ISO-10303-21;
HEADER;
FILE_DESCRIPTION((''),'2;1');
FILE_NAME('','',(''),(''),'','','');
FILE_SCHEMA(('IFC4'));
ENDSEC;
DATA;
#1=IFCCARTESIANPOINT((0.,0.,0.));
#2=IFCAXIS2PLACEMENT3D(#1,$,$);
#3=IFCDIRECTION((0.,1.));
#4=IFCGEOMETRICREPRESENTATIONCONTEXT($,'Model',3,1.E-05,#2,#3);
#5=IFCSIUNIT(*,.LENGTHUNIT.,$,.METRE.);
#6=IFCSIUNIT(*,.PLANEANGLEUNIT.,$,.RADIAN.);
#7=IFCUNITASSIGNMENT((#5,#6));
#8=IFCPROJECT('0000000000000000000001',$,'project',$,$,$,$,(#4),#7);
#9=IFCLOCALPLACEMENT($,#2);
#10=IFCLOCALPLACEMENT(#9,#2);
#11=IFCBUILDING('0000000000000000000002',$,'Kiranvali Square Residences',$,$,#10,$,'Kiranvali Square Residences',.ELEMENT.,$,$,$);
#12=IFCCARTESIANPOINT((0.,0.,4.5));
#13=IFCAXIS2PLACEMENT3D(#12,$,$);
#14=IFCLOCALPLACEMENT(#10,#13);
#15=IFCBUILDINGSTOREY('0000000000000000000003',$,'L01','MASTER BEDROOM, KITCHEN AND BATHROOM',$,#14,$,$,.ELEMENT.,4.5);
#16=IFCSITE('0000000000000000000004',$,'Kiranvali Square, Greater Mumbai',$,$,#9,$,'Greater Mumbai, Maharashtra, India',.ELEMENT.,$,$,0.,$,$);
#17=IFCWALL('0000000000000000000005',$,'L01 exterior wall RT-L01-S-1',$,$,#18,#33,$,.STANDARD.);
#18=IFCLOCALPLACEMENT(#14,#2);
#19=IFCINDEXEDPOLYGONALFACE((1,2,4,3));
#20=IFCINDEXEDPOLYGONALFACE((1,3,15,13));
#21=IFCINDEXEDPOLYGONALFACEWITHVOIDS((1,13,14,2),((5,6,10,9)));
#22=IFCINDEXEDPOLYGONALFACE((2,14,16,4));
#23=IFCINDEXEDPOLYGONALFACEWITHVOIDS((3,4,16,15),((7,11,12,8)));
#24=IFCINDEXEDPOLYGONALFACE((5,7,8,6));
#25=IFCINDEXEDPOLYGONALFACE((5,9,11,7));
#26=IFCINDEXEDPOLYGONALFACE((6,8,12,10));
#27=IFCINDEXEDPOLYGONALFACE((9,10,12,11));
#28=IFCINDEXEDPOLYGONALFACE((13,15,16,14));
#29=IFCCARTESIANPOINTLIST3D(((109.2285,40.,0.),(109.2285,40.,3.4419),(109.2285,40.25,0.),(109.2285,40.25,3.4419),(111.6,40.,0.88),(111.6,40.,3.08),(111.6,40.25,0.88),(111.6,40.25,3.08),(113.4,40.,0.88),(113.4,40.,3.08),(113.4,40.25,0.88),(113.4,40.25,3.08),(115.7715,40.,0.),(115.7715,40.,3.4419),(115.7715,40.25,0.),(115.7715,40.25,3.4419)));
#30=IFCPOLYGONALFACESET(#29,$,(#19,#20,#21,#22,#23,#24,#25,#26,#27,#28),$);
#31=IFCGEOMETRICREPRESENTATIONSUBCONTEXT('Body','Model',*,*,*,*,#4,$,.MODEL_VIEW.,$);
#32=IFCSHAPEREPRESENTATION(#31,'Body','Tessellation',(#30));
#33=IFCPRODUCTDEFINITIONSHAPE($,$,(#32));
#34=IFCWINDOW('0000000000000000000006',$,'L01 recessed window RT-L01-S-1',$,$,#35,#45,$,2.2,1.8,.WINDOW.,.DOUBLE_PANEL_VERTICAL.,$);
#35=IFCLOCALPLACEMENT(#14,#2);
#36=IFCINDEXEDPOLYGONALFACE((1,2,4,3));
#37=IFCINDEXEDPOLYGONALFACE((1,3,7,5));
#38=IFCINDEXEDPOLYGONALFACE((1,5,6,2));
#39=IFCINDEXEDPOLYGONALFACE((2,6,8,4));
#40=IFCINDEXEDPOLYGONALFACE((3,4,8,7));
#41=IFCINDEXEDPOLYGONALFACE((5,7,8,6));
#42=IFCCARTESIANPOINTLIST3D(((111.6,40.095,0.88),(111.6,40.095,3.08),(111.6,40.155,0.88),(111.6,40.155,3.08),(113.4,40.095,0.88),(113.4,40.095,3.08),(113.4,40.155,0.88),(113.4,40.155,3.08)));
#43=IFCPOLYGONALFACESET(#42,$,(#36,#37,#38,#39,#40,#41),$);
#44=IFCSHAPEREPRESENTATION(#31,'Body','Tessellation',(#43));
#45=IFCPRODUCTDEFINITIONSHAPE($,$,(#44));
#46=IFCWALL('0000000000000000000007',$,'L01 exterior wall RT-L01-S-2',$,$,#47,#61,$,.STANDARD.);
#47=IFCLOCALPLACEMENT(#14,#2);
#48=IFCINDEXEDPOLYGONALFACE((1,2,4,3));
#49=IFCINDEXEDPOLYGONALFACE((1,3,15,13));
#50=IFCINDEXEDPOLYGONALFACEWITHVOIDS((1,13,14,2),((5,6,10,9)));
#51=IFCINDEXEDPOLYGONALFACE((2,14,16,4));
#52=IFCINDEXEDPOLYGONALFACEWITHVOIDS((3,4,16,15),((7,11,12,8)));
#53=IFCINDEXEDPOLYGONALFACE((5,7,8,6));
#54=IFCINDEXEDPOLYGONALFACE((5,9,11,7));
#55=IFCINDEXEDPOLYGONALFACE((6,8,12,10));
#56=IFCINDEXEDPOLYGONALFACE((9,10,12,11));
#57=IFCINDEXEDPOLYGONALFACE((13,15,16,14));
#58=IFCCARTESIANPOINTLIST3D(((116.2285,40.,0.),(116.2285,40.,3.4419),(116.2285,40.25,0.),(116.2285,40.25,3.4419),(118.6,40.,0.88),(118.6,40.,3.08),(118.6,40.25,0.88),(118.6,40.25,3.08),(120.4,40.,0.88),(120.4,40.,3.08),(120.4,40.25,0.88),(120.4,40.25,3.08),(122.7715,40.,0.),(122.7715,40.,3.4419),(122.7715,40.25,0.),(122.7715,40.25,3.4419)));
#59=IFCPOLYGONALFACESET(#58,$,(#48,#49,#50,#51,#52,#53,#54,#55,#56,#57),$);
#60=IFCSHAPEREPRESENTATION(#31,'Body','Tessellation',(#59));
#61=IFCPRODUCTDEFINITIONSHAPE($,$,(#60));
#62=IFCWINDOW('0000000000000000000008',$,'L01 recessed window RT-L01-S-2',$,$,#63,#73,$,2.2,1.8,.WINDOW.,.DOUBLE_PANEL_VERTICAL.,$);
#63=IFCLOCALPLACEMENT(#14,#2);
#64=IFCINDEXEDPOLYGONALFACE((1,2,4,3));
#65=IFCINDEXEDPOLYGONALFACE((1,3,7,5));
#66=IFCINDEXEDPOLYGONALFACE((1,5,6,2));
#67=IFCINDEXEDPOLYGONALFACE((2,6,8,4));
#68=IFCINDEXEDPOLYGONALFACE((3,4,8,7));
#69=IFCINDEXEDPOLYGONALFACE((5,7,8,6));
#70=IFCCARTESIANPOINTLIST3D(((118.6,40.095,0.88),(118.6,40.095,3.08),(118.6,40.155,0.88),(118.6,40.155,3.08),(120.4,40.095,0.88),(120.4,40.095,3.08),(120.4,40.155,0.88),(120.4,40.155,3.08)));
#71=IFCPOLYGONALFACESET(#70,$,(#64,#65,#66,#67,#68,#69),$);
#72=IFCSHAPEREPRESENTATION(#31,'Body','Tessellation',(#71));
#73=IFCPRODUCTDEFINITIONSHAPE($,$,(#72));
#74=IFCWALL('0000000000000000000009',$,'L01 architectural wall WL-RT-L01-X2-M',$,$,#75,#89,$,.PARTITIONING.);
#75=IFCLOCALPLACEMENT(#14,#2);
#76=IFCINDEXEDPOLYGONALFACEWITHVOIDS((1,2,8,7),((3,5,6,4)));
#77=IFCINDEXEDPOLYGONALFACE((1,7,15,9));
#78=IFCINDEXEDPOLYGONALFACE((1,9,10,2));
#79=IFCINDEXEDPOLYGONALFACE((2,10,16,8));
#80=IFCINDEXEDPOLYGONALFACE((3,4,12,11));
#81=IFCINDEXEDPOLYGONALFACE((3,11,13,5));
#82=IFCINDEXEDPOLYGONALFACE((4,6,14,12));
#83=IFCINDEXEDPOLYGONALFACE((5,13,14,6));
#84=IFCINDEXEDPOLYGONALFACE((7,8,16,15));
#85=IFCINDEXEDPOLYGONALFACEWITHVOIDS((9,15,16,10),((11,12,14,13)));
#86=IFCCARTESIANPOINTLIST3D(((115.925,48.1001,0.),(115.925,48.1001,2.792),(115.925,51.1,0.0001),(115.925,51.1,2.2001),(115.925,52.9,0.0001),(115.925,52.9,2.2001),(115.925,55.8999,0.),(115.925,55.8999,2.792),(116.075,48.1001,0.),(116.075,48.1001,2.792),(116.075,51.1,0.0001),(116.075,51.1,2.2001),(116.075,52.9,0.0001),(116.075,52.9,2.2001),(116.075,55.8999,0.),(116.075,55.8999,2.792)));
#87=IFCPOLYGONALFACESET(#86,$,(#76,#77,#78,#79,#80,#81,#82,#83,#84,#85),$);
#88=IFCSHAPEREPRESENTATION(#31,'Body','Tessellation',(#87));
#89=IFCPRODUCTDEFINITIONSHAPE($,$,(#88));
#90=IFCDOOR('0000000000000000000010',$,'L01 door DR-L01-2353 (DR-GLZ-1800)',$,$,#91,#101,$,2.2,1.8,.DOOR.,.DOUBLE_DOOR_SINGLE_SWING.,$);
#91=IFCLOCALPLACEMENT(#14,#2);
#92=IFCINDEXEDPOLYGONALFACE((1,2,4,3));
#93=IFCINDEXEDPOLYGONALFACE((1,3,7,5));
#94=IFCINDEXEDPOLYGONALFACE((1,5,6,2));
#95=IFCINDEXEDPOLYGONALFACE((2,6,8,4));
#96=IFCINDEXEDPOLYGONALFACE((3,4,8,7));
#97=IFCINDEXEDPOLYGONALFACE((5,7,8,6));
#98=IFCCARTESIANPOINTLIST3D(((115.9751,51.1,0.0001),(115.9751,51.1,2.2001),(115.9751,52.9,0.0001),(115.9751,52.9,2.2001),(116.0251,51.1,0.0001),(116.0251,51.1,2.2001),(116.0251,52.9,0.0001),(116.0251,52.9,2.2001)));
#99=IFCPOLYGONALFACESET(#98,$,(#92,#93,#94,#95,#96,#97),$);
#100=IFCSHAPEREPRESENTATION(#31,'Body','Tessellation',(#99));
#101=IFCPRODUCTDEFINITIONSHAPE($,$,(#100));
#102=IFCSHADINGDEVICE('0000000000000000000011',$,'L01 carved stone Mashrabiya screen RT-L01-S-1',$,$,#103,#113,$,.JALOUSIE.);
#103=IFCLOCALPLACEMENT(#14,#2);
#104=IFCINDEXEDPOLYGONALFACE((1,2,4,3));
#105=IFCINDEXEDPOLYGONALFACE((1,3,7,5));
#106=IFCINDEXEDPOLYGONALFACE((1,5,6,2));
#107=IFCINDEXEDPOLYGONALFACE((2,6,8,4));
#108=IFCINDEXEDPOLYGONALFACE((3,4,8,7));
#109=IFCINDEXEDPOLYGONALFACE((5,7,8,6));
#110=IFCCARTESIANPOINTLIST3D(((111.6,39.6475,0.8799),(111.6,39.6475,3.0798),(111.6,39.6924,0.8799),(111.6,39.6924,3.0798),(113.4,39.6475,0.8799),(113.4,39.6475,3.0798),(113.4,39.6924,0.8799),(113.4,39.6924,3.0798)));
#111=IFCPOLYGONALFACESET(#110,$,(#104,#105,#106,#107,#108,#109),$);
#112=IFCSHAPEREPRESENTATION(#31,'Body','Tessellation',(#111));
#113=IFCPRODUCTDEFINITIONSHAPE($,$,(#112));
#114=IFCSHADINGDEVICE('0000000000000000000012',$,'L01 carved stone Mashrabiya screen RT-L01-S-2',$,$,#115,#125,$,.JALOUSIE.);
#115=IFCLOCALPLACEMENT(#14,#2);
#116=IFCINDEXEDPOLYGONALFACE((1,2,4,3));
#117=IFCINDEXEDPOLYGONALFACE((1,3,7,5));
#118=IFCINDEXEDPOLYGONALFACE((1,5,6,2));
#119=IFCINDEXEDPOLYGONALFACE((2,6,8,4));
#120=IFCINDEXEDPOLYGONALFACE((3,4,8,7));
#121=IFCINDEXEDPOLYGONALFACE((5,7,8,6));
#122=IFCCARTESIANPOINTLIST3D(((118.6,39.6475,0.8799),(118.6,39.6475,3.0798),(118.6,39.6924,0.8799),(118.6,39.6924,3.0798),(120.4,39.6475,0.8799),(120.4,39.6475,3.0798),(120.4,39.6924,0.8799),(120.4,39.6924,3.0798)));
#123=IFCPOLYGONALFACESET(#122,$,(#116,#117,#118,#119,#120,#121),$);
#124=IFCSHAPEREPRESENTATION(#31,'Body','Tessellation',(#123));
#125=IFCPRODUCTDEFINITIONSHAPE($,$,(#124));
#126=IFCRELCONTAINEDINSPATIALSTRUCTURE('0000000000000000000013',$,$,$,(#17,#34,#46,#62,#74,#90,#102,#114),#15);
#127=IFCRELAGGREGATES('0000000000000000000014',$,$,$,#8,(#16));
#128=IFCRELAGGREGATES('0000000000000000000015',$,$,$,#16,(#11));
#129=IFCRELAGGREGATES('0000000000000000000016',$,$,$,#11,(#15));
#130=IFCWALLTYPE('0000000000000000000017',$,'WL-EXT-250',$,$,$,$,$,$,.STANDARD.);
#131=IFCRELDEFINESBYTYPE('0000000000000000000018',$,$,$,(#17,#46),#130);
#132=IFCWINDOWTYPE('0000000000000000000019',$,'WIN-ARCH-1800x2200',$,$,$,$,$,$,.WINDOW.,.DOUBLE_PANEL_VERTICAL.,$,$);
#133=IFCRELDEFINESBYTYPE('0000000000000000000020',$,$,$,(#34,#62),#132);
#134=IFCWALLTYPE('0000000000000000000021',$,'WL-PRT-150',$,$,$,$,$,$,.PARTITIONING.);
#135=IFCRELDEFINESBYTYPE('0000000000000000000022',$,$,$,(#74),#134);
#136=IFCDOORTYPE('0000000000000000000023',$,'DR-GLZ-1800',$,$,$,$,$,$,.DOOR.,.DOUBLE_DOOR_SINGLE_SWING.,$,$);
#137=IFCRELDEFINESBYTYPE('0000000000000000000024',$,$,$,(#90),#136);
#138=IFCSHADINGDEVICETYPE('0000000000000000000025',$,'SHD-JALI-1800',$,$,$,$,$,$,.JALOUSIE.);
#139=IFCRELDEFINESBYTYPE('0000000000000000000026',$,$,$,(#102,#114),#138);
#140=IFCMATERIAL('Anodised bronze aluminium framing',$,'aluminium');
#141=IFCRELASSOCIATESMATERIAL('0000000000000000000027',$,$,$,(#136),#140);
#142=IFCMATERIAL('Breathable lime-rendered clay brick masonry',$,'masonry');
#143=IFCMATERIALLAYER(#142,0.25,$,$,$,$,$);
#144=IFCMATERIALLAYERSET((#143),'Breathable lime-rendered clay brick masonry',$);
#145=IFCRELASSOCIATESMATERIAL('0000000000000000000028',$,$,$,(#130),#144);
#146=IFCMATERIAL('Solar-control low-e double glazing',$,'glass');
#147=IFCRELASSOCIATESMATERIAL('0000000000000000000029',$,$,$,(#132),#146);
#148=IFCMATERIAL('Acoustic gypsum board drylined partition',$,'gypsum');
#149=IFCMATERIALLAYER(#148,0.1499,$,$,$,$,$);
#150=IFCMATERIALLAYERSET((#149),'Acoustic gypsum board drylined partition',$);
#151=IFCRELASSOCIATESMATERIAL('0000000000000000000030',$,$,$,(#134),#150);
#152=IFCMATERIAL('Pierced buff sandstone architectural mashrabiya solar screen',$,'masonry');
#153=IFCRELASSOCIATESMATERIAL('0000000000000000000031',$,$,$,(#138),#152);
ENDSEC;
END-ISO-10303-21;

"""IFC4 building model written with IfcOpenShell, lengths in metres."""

from ifc_helpers import new_model, si_unit, direction, frame, frame_2d, origin, origin_2d, place, context, subcontext, project, spatial, rectangle, extrude, material, layer, layer_set, type_object, element, fill, save


model = new_model("IFC4")

# Units and contexts
model_context = context("Model", 3, precision=1e-05, world=origin(), true_north=direction((0.0, 1.0)))
body_context = subcontext(model_context, "Body", "Model", "MODEL_VIEW")
ifc_project = project(units=[si_unit("LENGTHUNIT", "METRE"), si_unit("PLANEANGLEUNIT", "RADIAN")], contexts=[model_context])

# Site, building, storey
site_placement = place(None, origin())
site = spatial("IfcSite", under=ifc_project, at=site_placement, Name="Kiranvali Square, Greater Mumbai", LongName="Greater Mumbai, Maharashtra, India", CompositionType="ELEMENT", RefElevation=0.0)
building_placement = place(site_placement, origin())
building = spatial("IfcBuilding", under=site, at=building_placement, Name="Kiranvali Square Residences", LongName="Kiranvali Square Residences", CompositionType="ELEMENT")
storey_placement = place(building_placement, frame((0.0, 0.0, 4.5)))
storey = spatial("IfcBuildingStorey", under=building, at=storey_placement, Name="L01", Description="MASTER BEDROOM, KITCHEN AND BATHROOM", CompositionType="ELEMENT", Elevation=4.5)

# Shared definitions
ifc_material_1 = material(Name="Anodised bronze aluminium framing", Category="aluminium")
door_type = type_object("IfcDoorType", Name="DR-GLZ-1800", OperationType="DOUBLE_DOOR_SINGLE_SWING", PredefinedType="DOOR", material=ifc_material_1)

# Walls, openings, windows
ifc_material_2 = material(Name="Breathable lime-rendered clay brick masonry", Category="masonry")
ifc_layer_1 = layer(ifc_material_2, 0.25)
ifc_layer_set_1 = layer_set([ifc_layer_1], Name="Breathable lime-rendered clay brick masonry")
wall_type_1 = type_object("IfcWallType", Name="WL-EXT-250", PredefinedType="STANDARD", material=ifc_layer_set_1)
wall_1_placement = place(storey_placement, frame((109.2285, 40.125, 0.0), z_axis=(0.0, 0.0, 1.0), x_axis=(1.0, 0.0, 0.0)))
wall_1 = element("IfcWall", 1, at=wall_1_placement, inside=storey, type_object=wall_type_1, Name="L01 exterior wall RT-L01-S-1", PredefinedType="STANDARD", context=body_context, shape_type="SweptSolid", body=[
    extrude(rectangle(XDim=6.543, YDim=0.25, at=frame_2d((3.2715, 0.0))), origin(), (0.0, 0.0, 1.0), 3.4419),
])
opening_1_placement = place(wall_1_placement, frame((2.3716, 0.0, 0.8799)))
opening_1 = element("IfcOpeningElement", 2, at=opening_1_placement, cuts=wall_1, PredefinedType="OPENING", context=body_context, shape_type="SweptSolid", body=[
    extrude(rectangle(XDim=1.8, YDim=2.2, at=frame_2d((0.8999, 1.1001))), frame((0.0, 0.135, 0.0), z_axis=(0.0, -1.0, 0.0), x_axis=(1.0, 0.0, 0.0)), (0.0, 0.0, 1.0), 0.27),
])
ifc_material_3 = material(Name="Solar-control low-e double glazing", Category="glass")
window_type = type_object("IfcWindowType", Name="WIN-ARCH-1800x2200", PartitioningType="DOUBLE_PANEL_VERTICAL", PredefinedType="WINDOW", material=ifc_material_3)
window_1_placement = place(opening_1_placement, origin())
window_1 = element("IfcWindow", 3, at=window_1_placement, inside=storey, type_object=window_type, Name="L01 recessed window RT-L01-S-1", OverallHeight=2.2, OverallWidth=1.8, PartitioningType="DOUBLE_PANEL_VERTICAL", PredefinedType="WINDOW", context=body_context, shape_type="SweptSolid", body=[
    extrude(rectangle(XDim=1.8, YDim=2.2, at=frame_2d((0.8999, 1.1001))), frame((0.0, 0.03, 0.0), z_axis=(0.0, -1.0, 0.0), x_axis=(1.0, 0.0, 0.0)), (0.0, 0.0, 1.0), 0.0601),
])
fill(opening_1, window_1)
wall_2_placement = place(storey_placement, frame((116.2285, 40.125, 0.0), z_axis=(0.0, 0.0, 1.0), x_axis=(1.0, 0.0, 0.0)))
wall_2 = element("IfcWall", 4, at=wall_2_placement, inside=storey, type_object=wall_type_1, Name="L01 exterior wall RT-L01-S-2", PredefinedType="STANDARD", context=body_context, shape_type="SweptSolid", body=[
    extrude(rectangle(XDim=6.543, YDim=0.25, at=frame_2d((3.2715, 0.0))), origin(), (0.0, 0.0, 1.0), 3.4419),
])
opening_2_placement = place(wall_2_placement, frame((2.3716, 0.0, 0.8799)))
opening_2 = element("IfcOpeningElement", 5, at=opening_2_placement, cuts=wall_2, PredefinedType="OPENING", context=body_context, shape_type="SweptSolid", body=[
    extrude(rectangle(XDim=1.8, YDim=2.2, at=frame_2d((0.8999, 1.1001))), frame((0.0, 0.135, 0.0), z_axis=(0.0, -1.0, 0.0), x_axis=(1.0, 0.0, 0.0)), (0.0, 0.0, 1.0), 0.27),
])
window_2_placement = place(opening_2_placement, origin())
window_2 = element("IfcWindow", 6, at=window_2_placement, inside=storey, type_object=window_type, Name="L01 recessed window RT-L01-S-2", OverallHeight=2.2, OverallWidth=1.8, PartitioningType="DOUBLE_PANEL_VERTICAL", PredefinedType="WINDOW", context=body_context, shape_type="SweptSolid", body=[
    extrude(rectangle(XDim=1.8, YDim=2.2, at=frame_2d((0.8999, 1.1001))), frame((0.0, 0.03, 0.0), z_axis=(0.0, -1.0, 0.0), x_axis=(1.0, 0.0, 0.0)), (0.0, 0.0, 1.0), 0.0601),
])
fill(opening_2, window_2)

# Wall, opening, door
ifc_material_4 = material(Name="Acoustic gypsum board drylined partition", Category="gypsum")
ifc_layer_2 = layer(ifc_material_4, 0.1499)
ifc_layer_set_2 = layer_set([ifc_layer_2], Name="Acoustic gypsum board drylined partition")
wall_type_2 = type_object("IfcWallType", Name="WL-PRT-150", PredefinedType="PARTITIONING", material=ifc_layer_set_2)
wall_3_placement = place(storey_placement, frame((116.0, 48.1001, 0.0), z_axis=(0.0, 0.0, 1.0), x_axis=(0.0, 1.0, 0.0)))
wall_3 = element("IfcWall", 7, at=wall_3_placement, inside=storey, type_object=wall_type_2, Name="L01 architectural wall WL-RT-L01-X2-M", PredefinedType="PARTITIONING", context=body_context, shape_type="SweptSolid", body=[
    extrude(rectangle(XDim=7.7998, YDim=0.1499, at=frame_2d((3.8999, 0.0))), origin(), (0.0, 0.0, 1.0), 2.792),
])
opening_3_placement = place(wall_3_placement, frame((3.0, 0.0, 0.0)))
opening_3 = element("IfcOpeningElement", 8, at=opening_3_placement, cuts=wall_3, PredefinedType="OPENING", context=body_context, shape_type="SweptSolid", body=[
    extrude(rectangle(XDim=1.8, YDim=2.2, at=frame_2d((0.8999, 1.1001))), frame((0.0, 0.085, 0.0), z_axis=(0.0, -1.0, 0.0), x_axis=(1.0, 0.0, 0.0)), (0.0, 0.0, 1.0), 0.1699),
])
door_1_placement = place(opening_3_placement, origin())
door_1 = element("IfcDoor", 9, at=door_1_placement, inside=storey, type_object=door_type, Name="L01 door DR-L01-2353 (DR-GLZ-1800)", OperationType="DOUBLE_DOOR_SINGLE_SWING", OverallHeight=2.2, OverallWidth=1.8, PredefinedType="DOOR", context=body_context, shape_type="SweptSolid", body=[
    extrude(rectangle(XDim=1.8, YDim=2.2, at=frame_2d((0.8999, 1.1001))), frame((0.0, 0.0249, 0.0), z_axis=(0.0, -1.0, 0.0), x_axis=(1.0, 0.0, 0.0)), (0.0, 0.0, 1.0), 0.05),
])
fill(opening_3, door_1)

# Shading devices
ifc_material_5 = material(Name="Pierced buff sandstone architectural mashrabiya solar screen", Category="masonry")
shading_device_type = type_object("IfcShadingDeviceType", Name="SHD-JALI-1800", PredefinedType="JALOUSIE", material=ifc_material_5)
for number, where, z_axis, x_axis, name in (
    (10, (112.5, 39.6699, 0.8799), (0.0, 0.0, 1.0), (1.0, 0.0, 0.0), "L01 carved stone Mashrabiya screen RT-L01-S-1"),
    (11, (119.5, 39.6699, 0.8799), (0.0, 0.0, 1.0), (1.0, 0.0, 0.0), "L01 carved stone Mashrabiya screen RT-L01-S-2"),
):
    element("IfcShadingDevice", number, at=place(storey_placement, frame(where, z_axis=z_axis, x_axis=x_axis)), inside=storey, type_object=shading_device_type, Name=name, PredefinedType="JALOUSIE", context=body_context, shape_type="SweptSolid", body=[
        extrude(rectangle(XDim=1.8, YDim=0.0449, at=origin_2d()), origin(), (0.0, 0.0, 1.0), 2.2),
    ])

save(model, "model.ifc")
